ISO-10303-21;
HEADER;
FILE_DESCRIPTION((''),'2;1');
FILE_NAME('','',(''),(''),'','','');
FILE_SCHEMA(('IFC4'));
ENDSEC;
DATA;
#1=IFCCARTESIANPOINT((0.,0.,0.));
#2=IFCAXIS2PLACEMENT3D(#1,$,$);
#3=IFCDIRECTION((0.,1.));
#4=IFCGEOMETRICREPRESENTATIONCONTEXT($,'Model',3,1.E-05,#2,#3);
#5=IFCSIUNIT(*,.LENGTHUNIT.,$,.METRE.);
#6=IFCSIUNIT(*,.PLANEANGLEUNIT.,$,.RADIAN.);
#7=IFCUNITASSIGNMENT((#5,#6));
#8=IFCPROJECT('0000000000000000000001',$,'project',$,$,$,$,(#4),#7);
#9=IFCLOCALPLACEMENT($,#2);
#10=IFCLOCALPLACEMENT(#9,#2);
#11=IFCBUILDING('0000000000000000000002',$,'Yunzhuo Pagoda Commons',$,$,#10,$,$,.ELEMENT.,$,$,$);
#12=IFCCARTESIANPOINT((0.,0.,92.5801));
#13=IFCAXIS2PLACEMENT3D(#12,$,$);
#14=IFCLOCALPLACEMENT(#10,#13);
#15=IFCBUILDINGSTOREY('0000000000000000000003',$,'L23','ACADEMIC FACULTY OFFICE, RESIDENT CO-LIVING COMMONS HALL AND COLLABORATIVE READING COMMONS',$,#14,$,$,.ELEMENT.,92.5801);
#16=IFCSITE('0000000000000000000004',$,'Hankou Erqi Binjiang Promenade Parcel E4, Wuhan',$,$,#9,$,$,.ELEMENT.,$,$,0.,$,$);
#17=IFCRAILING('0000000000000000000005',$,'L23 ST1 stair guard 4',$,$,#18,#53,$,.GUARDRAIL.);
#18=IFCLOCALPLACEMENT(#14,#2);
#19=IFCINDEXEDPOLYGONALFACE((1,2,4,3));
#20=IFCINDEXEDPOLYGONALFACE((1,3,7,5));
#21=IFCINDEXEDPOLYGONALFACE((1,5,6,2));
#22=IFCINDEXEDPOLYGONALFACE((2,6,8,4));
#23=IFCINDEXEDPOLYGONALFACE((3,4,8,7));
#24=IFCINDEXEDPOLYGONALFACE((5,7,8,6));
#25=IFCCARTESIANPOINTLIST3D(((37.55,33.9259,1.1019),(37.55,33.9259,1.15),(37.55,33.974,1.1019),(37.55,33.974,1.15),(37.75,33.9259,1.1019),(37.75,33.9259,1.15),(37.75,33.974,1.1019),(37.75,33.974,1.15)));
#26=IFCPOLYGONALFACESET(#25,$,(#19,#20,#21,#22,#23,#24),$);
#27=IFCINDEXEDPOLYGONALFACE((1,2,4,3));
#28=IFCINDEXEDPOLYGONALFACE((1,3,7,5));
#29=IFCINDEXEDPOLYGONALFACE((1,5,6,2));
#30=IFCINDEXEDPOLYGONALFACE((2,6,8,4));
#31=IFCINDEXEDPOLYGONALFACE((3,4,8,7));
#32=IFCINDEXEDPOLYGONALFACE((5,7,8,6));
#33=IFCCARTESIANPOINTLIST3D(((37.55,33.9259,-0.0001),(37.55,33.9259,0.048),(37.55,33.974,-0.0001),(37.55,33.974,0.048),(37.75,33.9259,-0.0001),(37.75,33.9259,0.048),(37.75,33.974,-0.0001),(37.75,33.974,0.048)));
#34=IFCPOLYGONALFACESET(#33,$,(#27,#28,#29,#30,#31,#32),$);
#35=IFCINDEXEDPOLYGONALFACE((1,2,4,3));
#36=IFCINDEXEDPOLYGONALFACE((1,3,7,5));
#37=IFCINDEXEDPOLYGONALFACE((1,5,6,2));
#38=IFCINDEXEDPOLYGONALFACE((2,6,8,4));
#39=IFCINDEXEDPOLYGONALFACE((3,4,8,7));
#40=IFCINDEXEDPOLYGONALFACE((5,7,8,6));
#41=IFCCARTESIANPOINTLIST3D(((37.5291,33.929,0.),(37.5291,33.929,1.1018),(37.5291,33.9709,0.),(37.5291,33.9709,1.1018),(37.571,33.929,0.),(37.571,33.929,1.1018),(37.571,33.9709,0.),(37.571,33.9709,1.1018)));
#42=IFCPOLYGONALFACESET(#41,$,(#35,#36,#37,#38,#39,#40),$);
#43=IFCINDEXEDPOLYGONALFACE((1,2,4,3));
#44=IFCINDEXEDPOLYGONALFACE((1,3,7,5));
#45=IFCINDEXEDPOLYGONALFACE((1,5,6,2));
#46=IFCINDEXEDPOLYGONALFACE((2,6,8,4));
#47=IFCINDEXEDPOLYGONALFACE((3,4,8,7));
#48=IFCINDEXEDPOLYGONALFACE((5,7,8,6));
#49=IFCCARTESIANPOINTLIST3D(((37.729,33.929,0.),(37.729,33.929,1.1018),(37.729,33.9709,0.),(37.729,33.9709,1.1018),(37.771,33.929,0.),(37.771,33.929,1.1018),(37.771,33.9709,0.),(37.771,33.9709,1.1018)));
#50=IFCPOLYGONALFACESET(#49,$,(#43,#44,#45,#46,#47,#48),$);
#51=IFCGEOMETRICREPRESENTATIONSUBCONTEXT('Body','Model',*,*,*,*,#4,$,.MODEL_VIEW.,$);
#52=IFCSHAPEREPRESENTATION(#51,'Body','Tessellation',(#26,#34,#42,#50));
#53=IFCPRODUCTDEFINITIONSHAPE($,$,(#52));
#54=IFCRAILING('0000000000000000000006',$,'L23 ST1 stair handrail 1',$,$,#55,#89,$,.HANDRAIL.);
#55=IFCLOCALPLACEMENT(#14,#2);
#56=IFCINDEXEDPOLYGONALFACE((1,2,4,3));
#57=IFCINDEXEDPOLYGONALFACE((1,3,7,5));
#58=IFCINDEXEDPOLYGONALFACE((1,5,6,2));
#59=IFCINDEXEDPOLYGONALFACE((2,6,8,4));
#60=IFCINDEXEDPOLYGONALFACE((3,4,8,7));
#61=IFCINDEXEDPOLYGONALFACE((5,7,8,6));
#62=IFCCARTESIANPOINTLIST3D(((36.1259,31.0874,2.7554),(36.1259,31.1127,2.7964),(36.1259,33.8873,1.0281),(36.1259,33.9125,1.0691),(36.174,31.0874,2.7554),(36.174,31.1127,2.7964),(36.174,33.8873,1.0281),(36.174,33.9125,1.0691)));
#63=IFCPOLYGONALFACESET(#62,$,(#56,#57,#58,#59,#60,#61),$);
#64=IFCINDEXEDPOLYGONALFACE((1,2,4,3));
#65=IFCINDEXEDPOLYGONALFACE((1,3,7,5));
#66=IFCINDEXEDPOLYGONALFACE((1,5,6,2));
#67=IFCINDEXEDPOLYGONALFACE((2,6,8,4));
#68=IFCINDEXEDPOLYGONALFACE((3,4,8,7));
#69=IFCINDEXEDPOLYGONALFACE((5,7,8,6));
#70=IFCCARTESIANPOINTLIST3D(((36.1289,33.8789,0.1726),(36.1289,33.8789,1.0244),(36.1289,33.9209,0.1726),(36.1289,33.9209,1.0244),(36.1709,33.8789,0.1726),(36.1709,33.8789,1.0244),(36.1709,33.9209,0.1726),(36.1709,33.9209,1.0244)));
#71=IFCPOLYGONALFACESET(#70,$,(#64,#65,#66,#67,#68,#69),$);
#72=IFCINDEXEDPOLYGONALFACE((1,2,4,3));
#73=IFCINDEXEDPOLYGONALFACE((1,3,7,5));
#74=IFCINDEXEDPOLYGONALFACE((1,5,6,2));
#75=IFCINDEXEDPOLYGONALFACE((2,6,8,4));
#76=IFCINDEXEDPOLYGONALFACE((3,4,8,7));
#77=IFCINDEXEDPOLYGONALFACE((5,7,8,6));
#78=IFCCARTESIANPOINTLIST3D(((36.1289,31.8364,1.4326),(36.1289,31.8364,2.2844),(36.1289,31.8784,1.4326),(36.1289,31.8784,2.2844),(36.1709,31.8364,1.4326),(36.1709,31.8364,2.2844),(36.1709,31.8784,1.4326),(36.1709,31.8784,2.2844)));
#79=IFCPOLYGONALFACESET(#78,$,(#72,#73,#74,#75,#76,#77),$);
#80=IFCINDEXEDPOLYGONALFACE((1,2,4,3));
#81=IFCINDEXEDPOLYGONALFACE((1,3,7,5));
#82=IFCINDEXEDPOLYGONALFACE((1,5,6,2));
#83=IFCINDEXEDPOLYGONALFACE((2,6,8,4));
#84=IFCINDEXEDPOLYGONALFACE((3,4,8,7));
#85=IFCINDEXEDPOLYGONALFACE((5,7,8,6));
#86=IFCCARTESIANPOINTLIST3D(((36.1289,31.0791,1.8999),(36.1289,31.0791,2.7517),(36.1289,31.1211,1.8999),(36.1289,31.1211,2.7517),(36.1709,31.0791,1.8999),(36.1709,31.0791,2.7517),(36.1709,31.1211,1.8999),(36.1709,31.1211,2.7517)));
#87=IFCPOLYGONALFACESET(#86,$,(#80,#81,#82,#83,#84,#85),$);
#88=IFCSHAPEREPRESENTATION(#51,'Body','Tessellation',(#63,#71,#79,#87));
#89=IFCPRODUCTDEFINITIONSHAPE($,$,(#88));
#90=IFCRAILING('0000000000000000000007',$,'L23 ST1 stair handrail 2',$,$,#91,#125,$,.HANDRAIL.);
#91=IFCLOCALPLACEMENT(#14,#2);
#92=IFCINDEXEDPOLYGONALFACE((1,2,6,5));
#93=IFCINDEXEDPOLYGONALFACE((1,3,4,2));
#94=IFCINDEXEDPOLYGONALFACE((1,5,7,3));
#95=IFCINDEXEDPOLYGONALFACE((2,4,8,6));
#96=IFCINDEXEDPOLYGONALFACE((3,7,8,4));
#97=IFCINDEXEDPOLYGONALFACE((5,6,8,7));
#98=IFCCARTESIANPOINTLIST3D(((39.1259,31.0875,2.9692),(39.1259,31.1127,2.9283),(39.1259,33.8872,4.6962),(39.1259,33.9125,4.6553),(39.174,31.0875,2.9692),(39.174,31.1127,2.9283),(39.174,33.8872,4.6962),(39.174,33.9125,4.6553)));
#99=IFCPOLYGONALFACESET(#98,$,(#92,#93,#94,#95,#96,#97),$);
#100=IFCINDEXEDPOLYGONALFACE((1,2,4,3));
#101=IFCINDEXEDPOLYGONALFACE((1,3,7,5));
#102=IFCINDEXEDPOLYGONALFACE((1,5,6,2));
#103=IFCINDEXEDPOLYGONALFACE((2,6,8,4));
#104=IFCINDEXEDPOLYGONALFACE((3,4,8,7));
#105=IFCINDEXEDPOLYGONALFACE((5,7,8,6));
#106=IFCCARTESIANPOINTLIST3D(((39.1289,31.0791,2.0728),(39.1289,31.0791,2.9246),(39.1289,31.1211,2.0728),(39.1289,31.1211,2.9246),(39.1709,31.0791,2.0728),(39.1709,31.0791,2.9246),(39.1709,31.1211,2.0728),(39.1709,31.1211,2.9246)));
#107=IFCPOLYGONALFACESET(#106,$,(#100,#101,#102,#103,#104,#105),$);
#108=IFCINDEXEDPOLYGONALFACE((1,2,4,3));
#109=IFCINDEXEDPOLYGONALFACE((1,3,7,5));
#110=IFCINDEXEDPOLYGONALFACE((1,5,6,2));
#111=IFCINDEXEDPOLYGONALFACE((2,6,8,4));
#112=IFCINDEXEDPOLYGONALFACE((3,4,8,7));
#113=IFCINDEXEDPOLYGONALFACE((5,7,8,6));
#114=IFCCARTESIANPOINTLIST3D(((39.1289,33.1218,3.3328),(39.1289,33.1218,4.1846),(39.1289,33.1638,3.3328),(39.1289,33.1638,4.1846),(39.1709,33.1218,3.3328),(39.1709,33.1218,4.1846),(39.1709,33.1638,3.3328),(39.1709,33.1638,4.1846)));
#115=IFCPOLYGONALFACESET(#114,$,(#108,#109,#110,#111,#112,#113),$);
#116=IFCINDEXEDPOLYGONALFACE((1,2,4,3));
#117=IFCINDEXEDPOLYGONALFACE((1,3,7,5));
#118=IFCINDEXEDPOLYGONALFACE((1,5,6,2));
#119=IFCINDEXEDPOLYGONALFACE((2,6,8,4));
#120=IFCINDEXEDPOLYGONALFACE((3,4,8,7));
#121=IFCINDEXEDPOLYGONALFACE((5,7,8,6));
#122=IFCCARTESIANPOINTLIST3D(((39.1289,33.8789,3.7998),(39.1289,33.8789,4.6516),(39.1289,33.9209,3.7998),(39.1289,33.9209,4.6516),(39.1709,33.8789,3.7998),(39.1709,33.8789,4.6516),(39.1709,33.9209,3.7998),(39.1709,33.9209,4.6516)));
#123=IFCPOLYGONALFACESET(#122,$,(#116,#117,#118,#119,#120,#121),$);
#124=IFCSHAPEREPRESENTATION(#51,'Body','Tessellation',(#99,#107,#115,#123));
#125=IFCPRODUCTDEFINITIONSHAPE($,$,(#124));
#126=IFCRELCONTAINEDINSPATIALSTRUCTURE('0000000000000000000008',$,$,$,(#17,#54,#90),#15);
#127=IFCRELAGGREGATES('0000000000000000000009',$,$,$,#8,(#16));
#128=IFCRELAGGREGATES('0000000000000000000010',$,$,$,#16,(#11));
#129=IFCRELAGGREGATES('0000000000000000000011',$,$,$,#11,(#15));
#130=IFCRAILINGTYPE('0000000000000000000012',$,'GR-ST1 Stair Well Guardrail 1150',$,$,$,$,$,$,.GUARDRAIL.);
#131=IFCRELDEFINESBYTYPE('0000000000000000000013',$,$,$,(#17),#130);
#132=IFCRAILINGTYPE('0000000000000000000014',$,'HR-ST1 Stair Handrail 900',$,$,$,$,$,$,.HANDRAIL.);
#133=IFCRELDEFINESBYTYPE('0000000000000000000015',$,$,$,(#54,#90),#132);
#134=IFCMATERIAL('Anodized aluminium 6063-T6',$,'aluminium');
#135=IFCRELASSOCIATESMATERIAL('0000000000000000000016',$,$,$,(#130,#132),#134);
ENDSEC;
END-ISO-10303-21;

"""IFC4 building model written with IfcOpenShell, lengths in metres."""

from ifc_helpers import new_model, si_unit, direction, frame, origin, origin_2d, place, context, subcontext, project, spatial, rectangle, extrude, material, type_object, element, save


model = new_model("IFC4")

# Units and contexts
model_context = context("Model", 3, precision=1e-05, world=origin(), true_north=direction((0.0, 1.0)))
body_context = subcontext(model_context, "Body", "Model", "MODEL_VIEW")
ifc_project = project(units=[si_unit("LENGTHUNIT", "METRE"), si_unit("PLANEANGLEUNIT", "RADIAN")], contexts=[model_context])

# Site, building, storey
site_placement = place(None, origin())
site = spatial("IfcSite", under=ifc_project, at=site_placement, Name="Hankou Erqi Binjiang Promenade Parcel E4, Wuhan", CompositionType="ELEMENT", RefElevation=0.0)
building_placement = place(site_placement, origin())
building = spatial("IfcBuilding", under=site, at=building_placement, Name="Yunzhuo Pagoda Commons", CompositionType="ELEMENT")
storey_placement = place(building_placement, frame((0.0, 0.0, 92.5801)))
storey = spatial("IfcBuildingStorey", under=building, at=storey_placement, Name="L23", Description="ACADEMIC FACULTY OFFICE, RESIDENT CO-LIVING COMMONS HALL AND COLLABORATIVE READING COMMONS", CompositionType="ELEMENT", Elevation=92.5801)

# Railings
ifc_material_1 = material(Name="Anodized aluminium 6063-T6", Category="aluminium")
railing_type_1 = type_object("IfcRailingType", Name="GR-ST1 Stair Well Guardrail 1150", PredefinedType="GUARDRAIL", material=ifc_material_1)
railing_1_placement = place(storey_placement, frame((37.55, 33.95, 0.0)))
element("IfcRailing", 1, at=railing_1_placement, inside=storey, type_object=railing_type_1, Name="L23 ST1 stair guard 4", PredefinedType="GUARDRAIL", context=body_context, shape_type="SweptSolid", body=[
    extrude(rectangle(XDim=0.0481, YDim=0.0481, at=origin_2d()), frame((0.0, 0.0, 1.126), z_axis=(1.0, 0.0, 0.0), x_axis=(0.0, 1.0, 0.0)), (0.0, 0.0, 1.0), 0.2),
    extrude(rectangle(XDim=0.0481, YDim=0.0481, at=origin_2d()), frame((0.0, 0.0, 0.0239), z_axis=(1.0, 0.0, 0.0), x_axis=(0.0, 1.0, 0.0)), (0.0, 0.0, 1.0), 0.2),
    extrude(rectangle(XDim=0.042, YDim=0.042, at=origin_2d()), origin(), (0.0, 0.0, 1.0), 1.1018),
    extrude(rectangle(XDim=0.042, YDim=0.042, at=origin_2d()), frame((0.2, 0.0, 0.0)), (0.0, 0.0, 1.0), 1.1018),
])
railing_type_2 = type_object("IfcRailingType", Name="HR-ST1 Stair Handrail 900", PredefinedType="HANDRAIL", material=ifc_material_1)
railing_2_placement = place(storey_placement, frame((36.1499, 33.8999, 0.1726)))
element("IfcRailing", 2, at=railing_2_placement, inside=storey, type_object=railing_type_2, Name="L23 ST1 stair handrail 1", PredefinedType="HANDRAIL", context=body_context, shape_type="SweptSolid", body=[
    extrude(rectangle(XDim=0.0481, YDim=0.0481, at=origin_2d()), frame((0.0, 0.0, 0.876), z_axis=(0.0, -0.851069, 0.525054), x_axis=(1.0, 0.0, 0.0)), (0.0, 0.0, 1.0), 3.2898),
    extrude(rectangle(XDim=0.042, YDim=0.042, at=origin_2d()), origin(), (0.0, 0.0, 1.0), 0.8518),
    extrude(rectangle(XDim=0.042, YDim=0.042, at=origin_2d()), frame((0.0, -2.0425, 1.26)), (0.0, 0.0, 1.0), 0.8518),
    extrude(rectangle(XDim=0.042, YDim=0.042, at=origin_2d()), frame((0.0, -2.7998, 1.7273)), (0.0, 0.0, 1.0), 0.8518),
])
railing_3_placement = place(storey_placement, frame((39.1499, 31.1001, 2.0728)))
element("IfcRailing", 3, at=railing_3_placement, inside=storey, type_object=railing_type_2, Name="L23 ST1 stair handrail 2", PredefinedType="HANDRAIL", context=body_context, shape_type="SweptSolid", body=[
    extrude(rectangle(XDim=0.0481, YDim=0.0481, at=origin_2d()), frame((0.0, 0.0, 0.876), z_axis=(0.0, 0.851102, 0.525), x_axis=(-1.0, 0.0, 0.0)), (0.0, 0.0, 1.0), 3.2896),
    extrude(rectangle(XDim=0.042, YDim=0.042, at=origin_2d()), origin(), (0.0, 0.0, 1.0), 0.8518),
    extrude(rectangle(XDim=0.042, YDim=0.042, at=origin_2d()), frame((0.0, 2.0427, 1.26)), (0.0, 0.0, 1.0), 0.8518),
    extrude(rectangle(XDim=0.042, YDim=0.042, at=origin_2d()), frame((0.0, 2.7998, 1.7271)), (0.0, 0.0, 1.0), 0.8518),
])

save(model, "model.ifc")
